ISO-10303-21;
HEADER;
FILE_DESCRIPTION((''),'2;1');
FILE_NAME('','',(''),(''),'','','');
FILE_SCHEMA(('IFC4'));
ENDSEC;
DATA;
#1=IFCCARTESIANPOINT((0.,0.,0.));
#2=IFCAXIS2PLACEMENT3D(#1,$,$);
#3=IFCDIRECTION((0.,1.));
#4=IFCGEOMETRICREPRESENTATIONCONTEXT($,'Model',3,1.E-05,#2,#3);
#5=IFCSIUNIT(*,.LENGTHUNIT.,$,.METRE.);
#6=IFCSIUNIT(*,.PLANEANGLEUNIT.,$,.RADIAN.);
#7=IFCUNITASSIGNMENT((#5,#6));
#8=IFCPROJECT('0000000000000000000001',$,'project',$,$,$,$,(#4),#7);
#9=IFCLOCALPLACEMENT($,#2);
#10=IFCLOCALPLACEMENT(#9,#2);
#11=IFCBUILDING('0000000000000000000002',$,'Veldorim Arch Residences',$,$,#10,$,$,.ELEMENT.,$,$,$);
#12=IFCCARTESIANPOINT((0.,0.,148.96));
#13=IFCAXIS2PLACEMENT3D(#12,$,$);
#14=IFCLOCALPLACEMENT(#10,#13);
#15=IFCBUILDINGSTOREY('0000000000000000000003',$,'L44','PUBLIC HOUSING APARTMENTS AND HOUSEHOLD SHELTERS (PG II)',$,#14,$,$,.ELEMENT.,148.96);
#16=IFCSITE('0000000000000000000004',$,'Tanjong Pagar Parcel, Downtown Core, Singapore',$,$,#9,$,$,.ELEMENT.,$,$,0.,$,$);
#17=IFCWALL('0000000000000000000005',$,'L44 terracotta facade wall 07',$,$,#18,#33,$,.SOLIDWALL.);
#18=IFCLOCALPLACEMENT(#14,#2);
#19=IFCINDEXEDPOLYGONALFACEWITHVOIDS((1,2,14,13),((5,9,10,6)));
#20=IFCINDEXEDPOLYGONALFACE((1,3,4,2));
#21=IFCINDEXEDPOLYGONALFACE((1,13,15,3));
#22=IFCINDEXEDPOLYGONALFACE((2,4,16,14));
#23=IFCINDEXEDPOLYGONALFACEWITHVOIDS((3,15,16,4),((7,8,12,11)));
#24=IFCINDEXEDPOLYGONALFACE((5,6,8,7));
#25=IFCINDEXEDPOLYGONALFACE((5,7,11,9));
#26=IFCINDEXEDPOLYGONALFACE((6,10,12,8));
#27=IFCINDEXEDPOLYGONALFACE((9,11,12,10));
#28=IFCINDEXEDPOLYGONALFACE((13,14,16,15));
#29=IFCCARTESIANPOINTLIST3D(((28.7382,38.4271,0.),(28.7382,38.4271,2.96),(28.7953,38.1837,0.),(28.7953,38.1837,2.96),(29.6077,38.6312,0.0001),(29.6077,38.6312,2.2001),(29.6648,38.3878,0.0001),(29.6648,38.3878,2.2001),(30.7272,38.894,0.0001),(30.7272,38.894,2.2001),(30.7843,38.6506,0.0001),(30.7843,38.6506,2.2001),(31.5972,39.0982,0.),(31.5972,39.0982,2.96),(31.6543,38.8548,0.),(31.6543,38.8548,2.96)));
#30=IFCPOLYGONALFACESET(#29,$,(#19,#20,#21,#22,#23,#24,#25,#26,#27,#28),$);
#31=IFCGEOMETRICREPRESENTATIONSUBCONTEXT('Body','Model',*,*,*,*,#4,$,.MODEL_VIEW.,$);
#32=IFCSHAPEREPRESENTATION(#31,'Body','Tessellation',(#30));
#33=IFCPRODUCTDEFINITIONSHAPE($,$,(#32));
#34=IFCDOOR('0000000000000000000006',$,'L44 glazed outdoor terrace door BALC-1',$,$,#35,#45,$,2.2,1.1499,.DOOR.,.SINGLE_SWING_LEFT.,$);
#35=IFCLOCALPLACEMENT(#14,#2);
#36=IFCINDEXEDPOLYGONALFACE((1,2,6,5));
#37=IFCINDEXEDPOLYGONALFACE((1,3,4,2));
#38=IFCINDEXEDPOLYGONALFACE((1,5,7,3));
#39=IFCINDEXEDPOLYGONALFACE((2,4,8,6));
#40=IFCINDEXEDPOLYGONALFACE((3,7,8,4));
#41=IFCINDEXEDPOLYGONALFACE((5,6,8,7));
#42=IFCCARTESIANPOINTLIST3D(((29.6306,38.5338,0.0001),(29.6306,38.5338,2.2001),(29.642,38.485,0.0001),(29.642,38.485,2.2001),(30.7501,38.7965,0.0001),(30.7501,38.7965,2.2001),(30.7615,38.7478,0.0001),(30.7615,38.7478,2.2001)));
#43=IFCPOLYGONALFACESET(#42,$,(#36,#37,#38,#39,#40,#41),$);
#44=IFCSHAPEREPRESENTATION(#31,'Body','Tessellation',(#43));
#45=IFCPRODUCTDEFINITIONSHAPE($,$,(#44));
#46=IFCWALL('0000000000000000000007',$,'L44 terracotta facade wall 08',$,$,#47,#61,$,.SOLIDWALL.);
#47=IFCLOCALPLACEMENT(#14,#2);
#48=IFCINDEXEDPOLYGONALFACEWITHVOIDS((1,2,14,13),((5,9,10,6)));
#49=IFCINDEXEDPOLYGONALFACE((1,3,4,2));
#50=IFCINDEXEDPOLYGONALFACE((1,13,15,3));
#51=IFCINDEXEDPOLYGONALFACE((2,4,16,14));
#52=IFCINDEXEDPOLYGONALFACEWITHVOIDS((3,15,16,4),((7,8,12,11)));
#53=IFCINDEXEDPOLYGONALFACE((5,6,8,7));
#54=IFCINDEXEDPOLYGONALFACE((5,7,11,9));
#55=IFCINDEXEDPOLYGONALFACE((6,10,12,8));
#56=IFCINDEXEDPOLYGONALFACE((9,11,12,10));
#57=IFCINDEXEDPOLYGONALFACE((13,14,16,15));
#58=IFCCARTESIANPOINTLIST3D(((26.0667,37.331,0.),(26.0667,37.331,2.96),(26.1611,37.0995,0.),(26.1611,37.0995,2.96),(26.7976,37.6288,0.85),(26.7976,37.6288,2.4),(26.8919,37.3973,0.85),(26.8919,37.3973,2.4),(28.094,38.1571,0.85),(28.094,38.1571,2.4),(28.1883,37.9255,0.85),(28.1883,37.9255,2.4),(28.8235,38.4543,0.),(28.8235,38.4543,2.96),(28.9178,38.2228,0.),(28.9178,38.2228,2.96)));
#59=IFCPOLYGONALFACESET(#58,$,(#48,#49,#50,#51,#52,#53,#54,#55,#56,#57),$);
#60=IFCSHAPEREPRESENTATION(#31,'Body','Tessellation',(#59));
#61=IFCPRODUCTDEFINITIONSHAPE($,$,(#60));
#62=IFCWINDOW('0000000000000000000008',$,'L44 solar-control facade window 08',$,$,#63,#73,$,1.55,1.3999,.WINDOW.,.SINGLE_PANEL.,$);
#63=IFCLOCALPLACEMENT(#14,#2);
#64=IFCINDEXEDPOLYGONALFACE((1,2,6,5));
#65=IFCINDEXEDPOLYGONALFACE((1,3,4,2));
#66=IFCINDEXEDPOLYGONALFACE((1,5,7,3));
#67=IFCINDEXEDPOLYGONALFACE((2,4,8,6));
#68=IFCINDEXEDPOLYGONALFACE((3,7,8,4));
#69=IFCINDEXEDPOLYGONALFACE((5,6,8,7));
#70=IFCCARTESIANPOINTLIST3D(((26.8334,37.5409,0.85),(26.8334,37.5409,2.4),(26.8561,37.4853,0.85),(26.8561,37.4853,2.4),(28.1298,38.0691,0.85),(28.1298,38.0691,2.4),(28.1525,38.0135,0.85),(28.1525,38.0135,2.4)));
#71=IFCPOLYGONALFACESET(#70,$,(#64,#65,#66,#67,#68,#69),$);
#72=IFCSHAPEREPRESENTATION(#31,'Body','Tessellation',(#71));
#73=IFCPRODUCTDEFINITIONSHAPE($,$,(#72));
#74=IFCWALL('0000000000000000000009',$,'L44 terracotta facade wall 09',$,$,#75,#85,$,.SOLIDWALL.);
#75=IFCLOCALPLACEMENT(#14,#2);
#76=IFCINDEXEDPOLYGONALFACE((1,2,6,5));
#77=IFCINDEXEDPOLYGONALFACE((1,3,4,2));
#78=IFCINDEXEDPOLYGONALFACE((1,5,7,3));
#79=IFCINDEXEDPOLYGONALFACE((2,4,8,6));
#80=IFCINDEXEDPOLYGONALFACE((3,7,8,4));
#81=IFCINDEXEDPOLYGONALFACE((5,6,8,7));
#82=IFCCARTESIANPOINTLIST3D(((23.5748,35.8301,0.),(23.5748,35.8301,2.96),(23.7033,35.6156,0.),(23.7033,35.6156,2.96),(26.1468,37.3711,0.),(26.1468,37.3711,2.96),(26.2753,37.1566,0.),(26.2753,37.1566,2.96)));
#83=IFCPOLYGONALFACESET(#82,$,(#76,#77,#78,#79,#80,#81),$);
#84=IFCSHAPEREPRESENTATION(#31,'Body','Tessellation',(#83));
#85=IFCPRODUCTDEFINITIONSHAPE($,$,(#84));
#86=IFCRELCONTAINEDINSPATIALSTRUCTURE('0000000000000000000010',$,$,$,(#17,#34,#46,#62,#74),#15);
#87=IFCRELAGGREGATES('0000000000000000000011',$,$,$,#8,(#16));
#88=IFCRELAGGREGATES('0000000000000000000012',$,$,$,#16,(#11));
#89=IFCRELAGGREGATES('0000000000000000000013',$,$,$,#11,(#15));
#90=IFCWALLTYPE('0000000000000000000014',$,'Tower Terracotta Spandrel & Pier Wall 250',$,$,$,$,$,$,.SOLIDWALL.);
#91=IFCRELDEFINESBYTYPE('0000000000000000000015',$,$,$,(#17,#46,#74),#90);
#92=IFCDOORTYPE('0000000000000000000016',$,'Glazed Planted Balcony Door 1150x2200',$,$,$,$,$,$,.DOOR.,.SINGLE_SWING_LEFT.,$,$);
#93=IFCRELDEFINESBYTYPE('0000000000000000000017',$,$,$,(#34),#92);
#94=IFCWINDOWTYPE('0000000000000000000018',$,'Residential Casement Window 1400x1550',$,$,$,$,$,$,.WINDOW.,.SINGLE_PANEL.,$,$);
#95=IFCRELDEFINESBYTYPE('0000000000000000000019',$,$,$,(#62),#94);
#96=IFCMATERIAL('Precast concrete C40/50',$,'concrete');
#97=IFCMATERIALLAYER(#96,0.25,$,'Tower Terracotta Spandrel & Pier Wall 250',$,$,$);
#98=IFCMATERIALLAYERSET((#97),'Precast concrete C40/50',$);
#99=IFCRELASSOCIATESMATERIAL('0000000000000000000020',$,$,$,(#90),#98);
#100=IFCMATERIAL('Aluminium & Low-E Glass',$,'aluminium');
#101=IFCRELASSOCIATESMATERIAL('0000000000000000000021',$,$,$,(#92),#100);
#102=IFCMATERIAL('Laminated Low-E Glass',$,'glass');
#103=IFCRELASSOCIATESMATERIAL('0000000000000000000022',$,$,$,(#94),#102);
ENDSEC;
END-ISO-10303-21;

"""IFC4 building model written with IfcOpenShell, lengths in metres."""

from ifc_helpers import new_model, si_unit, direction, frame, frame_2d, origin, place, context, subcontext, project, spatial, rectangle, extrude, material, layer, layer_set, type_object, element, fill, save


model = new_model("IFC4")

# Units and contexts
model_context = context("Model", 3, precision=1e-05, world=origin(), true_north=direction((0.0, 1.0)))
body_context = subcontext(model_context, "Body", "Model", "MODEL_VIEW")
ifc_project = project(units=[si_unit("LENGTHUNIT", "METRE"), si_unit("PLANEANGLEUNIT", "RADIAN")], contexts=[model_context])

# Site, building, storey
site_placement = place(None, origin())
site = spatial("IfcSite", under=ifc_project, at=site_placement, Name="Tanjong Pagar Parcel, Downtown Core, Singapore", CompositionType="ELEMENT", RefElevation=0.0)
building_placement = place(site_placement, origin())
building = spatial("IfcBuilding", under=site, at=building_placement, Name="Veldorim Arch Residences", CompositionType="ELEMENT")
storey_placement = place(building_placement, frame((0.0, 0.0, 148.96)))
storey = spatial("IfcBuildingStorey", under=building, at=storey_placement, Name="L44", Description="PUBLIC HOUSING APARTMENTS AND HOUSEHOLD SHELTERS (PG II)", CompositionType="ELEMENT", Elevation=148.96)

# Wall, opening, door
ifc_material_1 = material(Name="Precast concrete C40/50", Category="concrete")
ifc_layer_1 = layer(ifc_material_1, 0.25, Name="Tower Terracotta Spandrel & Pier Wall 250")
ifc_layer_set_1 = layer_set([ifc_layer_1], Name="Precast concrete C40/50")
wall_type_1 = type_object("IfcWallType", Name="Tower Terracotta Spandrel & Pier Wall 250", PredefinedType="SOLIDWALL", material=ifc_layer_set_1)
wall_1_placement = place(storey_placement, frame((28.7668, 38.3054, 0.0), z_axis=(0.0, 0.0, 1.0), x_axis=(0.973538, 0.228525, 0.0)))
wall_1 = element("IfcWall", 1, at=wall_1_placement, inside=storey, type_object=wall_type_1, Name="L44 terracotta facade wall 07", PredefinedType="SOLIDWALL", context=body_context, shape_type="SweptSolid", body=[
    extrude(rectangle(XDim=2.9368, YDim=0.25, at=frame_2d((1.4683, 0.0))), origin(), (0.0, 0.0, 1.0), 2.96),
])
opening_1_placement = place(wall_1_placement, frame((0.8931, 0.0, 0.0)))
opening_1 = element("IfcOpeningElement", 2, at=opening_1_placement, cuts=wall_1, PredefinedType="OPENING", context=body_context, shape_type="SweptSolid", body=[
    extrude(rectangle(XDim=1.1499, YDim=2.2, at=frame_2d((0.575, 1.1001))), frame((0.0, 0.135, 0.0), z_axis=(0.0, -1.0, 0.0), x_axis=(1.0, 0.0, 0.0)), (0.0, 0.0, 1.0), 0.27),
])
ifc_material_2 = material(Name="Aluminium & Low-E Glass", Category="aluminium")
door_type = type_object("IfcDoorType", Name="Glazed Planted Balcony Door 1150x2200", OperationType="SINGLE_SWING_LEFT", PredefinedType="DOOR", material=ifc_material_2)
door_placement = place(opening_1_placement, origin())
door = element("IfcDoor", 3, at=door_placement, inside=storey, type_object=door_type, Name="L44 glazed outdoor terrace door BALC-1", OperationType="SINGLE_SWING_LEFT", OverallHeight=2.2, OverallWidth=1.1499, PredefinedType="DOOR", context=body_context, shape_type="SweptSolid", body=[
    extrude(rectangle(XDim=1.1499, YDim=2.2, at=frame_2d((0.575, 1.1001))), frame((0.0, 0.0249, 0.0), z_axis=(0.0, -1.0, 0.0), x_axis=(1.0, 0.0, 0.0)), (0.0, 0.0, 1.0), 0.05),
])
fill(opening_1, door)

# Wall, opening, window
wall_2_placement = place(storey_placement, frame((26.114, 37.2153, 0.0), z_axis=(0.0, 0.0, 1.0), x_axis=(0.926076, 0.377336, 0.0)))
wall_2 = element("IfcWall", 4, at=wall_2_placement, inside=storey, type_object=wall_type_1, Name="L44 terracotta facade wall 08", PredefinedType="SOLIDWALL", context=body_context, shape_type="SweptSolid", body=[
    extrude(rectangle(XDim=2.9768, YDim=0.25, at=frame_2d((1.4883, 0.0))), origin(), (0.0, 0.0, 1.0), 2.96),
])
opening_2_placement = place(wall_2_placement, frame((0.7891, 0.0, 0.8501)))
opening_2 = element("IfcOpeningElement", 5, at=opening_2_placement, cuts=wall_2, PredefinedType="OPENING", context=body_context, shape_type="SweptSolid", body=[
    extrude(rectangle(XDim=1.3999, YDim=1.55, at=frame_2d((0.7, 0.7749))), frame((0.0, 0.135, 0.0), z_axis=(0.0, -1.0, 0.0), x_axis=(1.0, 0.0, 0.0)), (0.0, 0.0, 1.0), 0.27),
])
ifc_material_3 = material(Name="Laminated Low-E Glass", Category="glass")
window_type = type_object("IfcWindowType", Name="Residential Casement Window 1400x1550", PartitioningType="SINGLE_PANEL", PredefinedType="WINDOW", material=ifc_material_3)
window_placement = place(opening_2_placement, origin())
window = element("IfcWindow", 6, at=window_placement, inside=storey, type_object=window_type, Name="L44 solar-control facade window 08", OverallHeight=1.55, OverallWidth=1.3999, PartitioningType="SINGLE_PANEL", PredefinedType="WINDOW", context=body_context, shape_type="SweptSolid", body=[
    extrude(rectangle(XDim=1.3999, YDim=1.55, at=frame_2d((0.7, 0.7749))), frame((0.0, 0.03, 0.0), z_axis=(0.0, -1.0, 0.0), x_axis=(1.0, 0.0, 0.0)), (0.0, 0.0, 1.0), 0.0601),
])
fill(opening_2, window)

# Wall
wall_3_placement = place(storey_placement, frame((23.6392, 35.7229, 0.0), z_axis=(0.0, 0.0, 1.0), x_axis=(0.857816, 0.513957, 0.0)))
element("IfcWall", 7, at=wall_3_placement, inside=storey, type_object=wall_type_1, Name="L44 terracotta facade wall 09", PredefinedType="SOLIDWALL", context=body_context, shape_type="SweptSolid", body=[
    extrude(rectangle(XDim=2.9983, YDim=0.25, at=frame_2d((1.499, 0.0))), origin(), (0.0, 0.0, 1.0), 2.96),
])

save(model, "model.ifc")
